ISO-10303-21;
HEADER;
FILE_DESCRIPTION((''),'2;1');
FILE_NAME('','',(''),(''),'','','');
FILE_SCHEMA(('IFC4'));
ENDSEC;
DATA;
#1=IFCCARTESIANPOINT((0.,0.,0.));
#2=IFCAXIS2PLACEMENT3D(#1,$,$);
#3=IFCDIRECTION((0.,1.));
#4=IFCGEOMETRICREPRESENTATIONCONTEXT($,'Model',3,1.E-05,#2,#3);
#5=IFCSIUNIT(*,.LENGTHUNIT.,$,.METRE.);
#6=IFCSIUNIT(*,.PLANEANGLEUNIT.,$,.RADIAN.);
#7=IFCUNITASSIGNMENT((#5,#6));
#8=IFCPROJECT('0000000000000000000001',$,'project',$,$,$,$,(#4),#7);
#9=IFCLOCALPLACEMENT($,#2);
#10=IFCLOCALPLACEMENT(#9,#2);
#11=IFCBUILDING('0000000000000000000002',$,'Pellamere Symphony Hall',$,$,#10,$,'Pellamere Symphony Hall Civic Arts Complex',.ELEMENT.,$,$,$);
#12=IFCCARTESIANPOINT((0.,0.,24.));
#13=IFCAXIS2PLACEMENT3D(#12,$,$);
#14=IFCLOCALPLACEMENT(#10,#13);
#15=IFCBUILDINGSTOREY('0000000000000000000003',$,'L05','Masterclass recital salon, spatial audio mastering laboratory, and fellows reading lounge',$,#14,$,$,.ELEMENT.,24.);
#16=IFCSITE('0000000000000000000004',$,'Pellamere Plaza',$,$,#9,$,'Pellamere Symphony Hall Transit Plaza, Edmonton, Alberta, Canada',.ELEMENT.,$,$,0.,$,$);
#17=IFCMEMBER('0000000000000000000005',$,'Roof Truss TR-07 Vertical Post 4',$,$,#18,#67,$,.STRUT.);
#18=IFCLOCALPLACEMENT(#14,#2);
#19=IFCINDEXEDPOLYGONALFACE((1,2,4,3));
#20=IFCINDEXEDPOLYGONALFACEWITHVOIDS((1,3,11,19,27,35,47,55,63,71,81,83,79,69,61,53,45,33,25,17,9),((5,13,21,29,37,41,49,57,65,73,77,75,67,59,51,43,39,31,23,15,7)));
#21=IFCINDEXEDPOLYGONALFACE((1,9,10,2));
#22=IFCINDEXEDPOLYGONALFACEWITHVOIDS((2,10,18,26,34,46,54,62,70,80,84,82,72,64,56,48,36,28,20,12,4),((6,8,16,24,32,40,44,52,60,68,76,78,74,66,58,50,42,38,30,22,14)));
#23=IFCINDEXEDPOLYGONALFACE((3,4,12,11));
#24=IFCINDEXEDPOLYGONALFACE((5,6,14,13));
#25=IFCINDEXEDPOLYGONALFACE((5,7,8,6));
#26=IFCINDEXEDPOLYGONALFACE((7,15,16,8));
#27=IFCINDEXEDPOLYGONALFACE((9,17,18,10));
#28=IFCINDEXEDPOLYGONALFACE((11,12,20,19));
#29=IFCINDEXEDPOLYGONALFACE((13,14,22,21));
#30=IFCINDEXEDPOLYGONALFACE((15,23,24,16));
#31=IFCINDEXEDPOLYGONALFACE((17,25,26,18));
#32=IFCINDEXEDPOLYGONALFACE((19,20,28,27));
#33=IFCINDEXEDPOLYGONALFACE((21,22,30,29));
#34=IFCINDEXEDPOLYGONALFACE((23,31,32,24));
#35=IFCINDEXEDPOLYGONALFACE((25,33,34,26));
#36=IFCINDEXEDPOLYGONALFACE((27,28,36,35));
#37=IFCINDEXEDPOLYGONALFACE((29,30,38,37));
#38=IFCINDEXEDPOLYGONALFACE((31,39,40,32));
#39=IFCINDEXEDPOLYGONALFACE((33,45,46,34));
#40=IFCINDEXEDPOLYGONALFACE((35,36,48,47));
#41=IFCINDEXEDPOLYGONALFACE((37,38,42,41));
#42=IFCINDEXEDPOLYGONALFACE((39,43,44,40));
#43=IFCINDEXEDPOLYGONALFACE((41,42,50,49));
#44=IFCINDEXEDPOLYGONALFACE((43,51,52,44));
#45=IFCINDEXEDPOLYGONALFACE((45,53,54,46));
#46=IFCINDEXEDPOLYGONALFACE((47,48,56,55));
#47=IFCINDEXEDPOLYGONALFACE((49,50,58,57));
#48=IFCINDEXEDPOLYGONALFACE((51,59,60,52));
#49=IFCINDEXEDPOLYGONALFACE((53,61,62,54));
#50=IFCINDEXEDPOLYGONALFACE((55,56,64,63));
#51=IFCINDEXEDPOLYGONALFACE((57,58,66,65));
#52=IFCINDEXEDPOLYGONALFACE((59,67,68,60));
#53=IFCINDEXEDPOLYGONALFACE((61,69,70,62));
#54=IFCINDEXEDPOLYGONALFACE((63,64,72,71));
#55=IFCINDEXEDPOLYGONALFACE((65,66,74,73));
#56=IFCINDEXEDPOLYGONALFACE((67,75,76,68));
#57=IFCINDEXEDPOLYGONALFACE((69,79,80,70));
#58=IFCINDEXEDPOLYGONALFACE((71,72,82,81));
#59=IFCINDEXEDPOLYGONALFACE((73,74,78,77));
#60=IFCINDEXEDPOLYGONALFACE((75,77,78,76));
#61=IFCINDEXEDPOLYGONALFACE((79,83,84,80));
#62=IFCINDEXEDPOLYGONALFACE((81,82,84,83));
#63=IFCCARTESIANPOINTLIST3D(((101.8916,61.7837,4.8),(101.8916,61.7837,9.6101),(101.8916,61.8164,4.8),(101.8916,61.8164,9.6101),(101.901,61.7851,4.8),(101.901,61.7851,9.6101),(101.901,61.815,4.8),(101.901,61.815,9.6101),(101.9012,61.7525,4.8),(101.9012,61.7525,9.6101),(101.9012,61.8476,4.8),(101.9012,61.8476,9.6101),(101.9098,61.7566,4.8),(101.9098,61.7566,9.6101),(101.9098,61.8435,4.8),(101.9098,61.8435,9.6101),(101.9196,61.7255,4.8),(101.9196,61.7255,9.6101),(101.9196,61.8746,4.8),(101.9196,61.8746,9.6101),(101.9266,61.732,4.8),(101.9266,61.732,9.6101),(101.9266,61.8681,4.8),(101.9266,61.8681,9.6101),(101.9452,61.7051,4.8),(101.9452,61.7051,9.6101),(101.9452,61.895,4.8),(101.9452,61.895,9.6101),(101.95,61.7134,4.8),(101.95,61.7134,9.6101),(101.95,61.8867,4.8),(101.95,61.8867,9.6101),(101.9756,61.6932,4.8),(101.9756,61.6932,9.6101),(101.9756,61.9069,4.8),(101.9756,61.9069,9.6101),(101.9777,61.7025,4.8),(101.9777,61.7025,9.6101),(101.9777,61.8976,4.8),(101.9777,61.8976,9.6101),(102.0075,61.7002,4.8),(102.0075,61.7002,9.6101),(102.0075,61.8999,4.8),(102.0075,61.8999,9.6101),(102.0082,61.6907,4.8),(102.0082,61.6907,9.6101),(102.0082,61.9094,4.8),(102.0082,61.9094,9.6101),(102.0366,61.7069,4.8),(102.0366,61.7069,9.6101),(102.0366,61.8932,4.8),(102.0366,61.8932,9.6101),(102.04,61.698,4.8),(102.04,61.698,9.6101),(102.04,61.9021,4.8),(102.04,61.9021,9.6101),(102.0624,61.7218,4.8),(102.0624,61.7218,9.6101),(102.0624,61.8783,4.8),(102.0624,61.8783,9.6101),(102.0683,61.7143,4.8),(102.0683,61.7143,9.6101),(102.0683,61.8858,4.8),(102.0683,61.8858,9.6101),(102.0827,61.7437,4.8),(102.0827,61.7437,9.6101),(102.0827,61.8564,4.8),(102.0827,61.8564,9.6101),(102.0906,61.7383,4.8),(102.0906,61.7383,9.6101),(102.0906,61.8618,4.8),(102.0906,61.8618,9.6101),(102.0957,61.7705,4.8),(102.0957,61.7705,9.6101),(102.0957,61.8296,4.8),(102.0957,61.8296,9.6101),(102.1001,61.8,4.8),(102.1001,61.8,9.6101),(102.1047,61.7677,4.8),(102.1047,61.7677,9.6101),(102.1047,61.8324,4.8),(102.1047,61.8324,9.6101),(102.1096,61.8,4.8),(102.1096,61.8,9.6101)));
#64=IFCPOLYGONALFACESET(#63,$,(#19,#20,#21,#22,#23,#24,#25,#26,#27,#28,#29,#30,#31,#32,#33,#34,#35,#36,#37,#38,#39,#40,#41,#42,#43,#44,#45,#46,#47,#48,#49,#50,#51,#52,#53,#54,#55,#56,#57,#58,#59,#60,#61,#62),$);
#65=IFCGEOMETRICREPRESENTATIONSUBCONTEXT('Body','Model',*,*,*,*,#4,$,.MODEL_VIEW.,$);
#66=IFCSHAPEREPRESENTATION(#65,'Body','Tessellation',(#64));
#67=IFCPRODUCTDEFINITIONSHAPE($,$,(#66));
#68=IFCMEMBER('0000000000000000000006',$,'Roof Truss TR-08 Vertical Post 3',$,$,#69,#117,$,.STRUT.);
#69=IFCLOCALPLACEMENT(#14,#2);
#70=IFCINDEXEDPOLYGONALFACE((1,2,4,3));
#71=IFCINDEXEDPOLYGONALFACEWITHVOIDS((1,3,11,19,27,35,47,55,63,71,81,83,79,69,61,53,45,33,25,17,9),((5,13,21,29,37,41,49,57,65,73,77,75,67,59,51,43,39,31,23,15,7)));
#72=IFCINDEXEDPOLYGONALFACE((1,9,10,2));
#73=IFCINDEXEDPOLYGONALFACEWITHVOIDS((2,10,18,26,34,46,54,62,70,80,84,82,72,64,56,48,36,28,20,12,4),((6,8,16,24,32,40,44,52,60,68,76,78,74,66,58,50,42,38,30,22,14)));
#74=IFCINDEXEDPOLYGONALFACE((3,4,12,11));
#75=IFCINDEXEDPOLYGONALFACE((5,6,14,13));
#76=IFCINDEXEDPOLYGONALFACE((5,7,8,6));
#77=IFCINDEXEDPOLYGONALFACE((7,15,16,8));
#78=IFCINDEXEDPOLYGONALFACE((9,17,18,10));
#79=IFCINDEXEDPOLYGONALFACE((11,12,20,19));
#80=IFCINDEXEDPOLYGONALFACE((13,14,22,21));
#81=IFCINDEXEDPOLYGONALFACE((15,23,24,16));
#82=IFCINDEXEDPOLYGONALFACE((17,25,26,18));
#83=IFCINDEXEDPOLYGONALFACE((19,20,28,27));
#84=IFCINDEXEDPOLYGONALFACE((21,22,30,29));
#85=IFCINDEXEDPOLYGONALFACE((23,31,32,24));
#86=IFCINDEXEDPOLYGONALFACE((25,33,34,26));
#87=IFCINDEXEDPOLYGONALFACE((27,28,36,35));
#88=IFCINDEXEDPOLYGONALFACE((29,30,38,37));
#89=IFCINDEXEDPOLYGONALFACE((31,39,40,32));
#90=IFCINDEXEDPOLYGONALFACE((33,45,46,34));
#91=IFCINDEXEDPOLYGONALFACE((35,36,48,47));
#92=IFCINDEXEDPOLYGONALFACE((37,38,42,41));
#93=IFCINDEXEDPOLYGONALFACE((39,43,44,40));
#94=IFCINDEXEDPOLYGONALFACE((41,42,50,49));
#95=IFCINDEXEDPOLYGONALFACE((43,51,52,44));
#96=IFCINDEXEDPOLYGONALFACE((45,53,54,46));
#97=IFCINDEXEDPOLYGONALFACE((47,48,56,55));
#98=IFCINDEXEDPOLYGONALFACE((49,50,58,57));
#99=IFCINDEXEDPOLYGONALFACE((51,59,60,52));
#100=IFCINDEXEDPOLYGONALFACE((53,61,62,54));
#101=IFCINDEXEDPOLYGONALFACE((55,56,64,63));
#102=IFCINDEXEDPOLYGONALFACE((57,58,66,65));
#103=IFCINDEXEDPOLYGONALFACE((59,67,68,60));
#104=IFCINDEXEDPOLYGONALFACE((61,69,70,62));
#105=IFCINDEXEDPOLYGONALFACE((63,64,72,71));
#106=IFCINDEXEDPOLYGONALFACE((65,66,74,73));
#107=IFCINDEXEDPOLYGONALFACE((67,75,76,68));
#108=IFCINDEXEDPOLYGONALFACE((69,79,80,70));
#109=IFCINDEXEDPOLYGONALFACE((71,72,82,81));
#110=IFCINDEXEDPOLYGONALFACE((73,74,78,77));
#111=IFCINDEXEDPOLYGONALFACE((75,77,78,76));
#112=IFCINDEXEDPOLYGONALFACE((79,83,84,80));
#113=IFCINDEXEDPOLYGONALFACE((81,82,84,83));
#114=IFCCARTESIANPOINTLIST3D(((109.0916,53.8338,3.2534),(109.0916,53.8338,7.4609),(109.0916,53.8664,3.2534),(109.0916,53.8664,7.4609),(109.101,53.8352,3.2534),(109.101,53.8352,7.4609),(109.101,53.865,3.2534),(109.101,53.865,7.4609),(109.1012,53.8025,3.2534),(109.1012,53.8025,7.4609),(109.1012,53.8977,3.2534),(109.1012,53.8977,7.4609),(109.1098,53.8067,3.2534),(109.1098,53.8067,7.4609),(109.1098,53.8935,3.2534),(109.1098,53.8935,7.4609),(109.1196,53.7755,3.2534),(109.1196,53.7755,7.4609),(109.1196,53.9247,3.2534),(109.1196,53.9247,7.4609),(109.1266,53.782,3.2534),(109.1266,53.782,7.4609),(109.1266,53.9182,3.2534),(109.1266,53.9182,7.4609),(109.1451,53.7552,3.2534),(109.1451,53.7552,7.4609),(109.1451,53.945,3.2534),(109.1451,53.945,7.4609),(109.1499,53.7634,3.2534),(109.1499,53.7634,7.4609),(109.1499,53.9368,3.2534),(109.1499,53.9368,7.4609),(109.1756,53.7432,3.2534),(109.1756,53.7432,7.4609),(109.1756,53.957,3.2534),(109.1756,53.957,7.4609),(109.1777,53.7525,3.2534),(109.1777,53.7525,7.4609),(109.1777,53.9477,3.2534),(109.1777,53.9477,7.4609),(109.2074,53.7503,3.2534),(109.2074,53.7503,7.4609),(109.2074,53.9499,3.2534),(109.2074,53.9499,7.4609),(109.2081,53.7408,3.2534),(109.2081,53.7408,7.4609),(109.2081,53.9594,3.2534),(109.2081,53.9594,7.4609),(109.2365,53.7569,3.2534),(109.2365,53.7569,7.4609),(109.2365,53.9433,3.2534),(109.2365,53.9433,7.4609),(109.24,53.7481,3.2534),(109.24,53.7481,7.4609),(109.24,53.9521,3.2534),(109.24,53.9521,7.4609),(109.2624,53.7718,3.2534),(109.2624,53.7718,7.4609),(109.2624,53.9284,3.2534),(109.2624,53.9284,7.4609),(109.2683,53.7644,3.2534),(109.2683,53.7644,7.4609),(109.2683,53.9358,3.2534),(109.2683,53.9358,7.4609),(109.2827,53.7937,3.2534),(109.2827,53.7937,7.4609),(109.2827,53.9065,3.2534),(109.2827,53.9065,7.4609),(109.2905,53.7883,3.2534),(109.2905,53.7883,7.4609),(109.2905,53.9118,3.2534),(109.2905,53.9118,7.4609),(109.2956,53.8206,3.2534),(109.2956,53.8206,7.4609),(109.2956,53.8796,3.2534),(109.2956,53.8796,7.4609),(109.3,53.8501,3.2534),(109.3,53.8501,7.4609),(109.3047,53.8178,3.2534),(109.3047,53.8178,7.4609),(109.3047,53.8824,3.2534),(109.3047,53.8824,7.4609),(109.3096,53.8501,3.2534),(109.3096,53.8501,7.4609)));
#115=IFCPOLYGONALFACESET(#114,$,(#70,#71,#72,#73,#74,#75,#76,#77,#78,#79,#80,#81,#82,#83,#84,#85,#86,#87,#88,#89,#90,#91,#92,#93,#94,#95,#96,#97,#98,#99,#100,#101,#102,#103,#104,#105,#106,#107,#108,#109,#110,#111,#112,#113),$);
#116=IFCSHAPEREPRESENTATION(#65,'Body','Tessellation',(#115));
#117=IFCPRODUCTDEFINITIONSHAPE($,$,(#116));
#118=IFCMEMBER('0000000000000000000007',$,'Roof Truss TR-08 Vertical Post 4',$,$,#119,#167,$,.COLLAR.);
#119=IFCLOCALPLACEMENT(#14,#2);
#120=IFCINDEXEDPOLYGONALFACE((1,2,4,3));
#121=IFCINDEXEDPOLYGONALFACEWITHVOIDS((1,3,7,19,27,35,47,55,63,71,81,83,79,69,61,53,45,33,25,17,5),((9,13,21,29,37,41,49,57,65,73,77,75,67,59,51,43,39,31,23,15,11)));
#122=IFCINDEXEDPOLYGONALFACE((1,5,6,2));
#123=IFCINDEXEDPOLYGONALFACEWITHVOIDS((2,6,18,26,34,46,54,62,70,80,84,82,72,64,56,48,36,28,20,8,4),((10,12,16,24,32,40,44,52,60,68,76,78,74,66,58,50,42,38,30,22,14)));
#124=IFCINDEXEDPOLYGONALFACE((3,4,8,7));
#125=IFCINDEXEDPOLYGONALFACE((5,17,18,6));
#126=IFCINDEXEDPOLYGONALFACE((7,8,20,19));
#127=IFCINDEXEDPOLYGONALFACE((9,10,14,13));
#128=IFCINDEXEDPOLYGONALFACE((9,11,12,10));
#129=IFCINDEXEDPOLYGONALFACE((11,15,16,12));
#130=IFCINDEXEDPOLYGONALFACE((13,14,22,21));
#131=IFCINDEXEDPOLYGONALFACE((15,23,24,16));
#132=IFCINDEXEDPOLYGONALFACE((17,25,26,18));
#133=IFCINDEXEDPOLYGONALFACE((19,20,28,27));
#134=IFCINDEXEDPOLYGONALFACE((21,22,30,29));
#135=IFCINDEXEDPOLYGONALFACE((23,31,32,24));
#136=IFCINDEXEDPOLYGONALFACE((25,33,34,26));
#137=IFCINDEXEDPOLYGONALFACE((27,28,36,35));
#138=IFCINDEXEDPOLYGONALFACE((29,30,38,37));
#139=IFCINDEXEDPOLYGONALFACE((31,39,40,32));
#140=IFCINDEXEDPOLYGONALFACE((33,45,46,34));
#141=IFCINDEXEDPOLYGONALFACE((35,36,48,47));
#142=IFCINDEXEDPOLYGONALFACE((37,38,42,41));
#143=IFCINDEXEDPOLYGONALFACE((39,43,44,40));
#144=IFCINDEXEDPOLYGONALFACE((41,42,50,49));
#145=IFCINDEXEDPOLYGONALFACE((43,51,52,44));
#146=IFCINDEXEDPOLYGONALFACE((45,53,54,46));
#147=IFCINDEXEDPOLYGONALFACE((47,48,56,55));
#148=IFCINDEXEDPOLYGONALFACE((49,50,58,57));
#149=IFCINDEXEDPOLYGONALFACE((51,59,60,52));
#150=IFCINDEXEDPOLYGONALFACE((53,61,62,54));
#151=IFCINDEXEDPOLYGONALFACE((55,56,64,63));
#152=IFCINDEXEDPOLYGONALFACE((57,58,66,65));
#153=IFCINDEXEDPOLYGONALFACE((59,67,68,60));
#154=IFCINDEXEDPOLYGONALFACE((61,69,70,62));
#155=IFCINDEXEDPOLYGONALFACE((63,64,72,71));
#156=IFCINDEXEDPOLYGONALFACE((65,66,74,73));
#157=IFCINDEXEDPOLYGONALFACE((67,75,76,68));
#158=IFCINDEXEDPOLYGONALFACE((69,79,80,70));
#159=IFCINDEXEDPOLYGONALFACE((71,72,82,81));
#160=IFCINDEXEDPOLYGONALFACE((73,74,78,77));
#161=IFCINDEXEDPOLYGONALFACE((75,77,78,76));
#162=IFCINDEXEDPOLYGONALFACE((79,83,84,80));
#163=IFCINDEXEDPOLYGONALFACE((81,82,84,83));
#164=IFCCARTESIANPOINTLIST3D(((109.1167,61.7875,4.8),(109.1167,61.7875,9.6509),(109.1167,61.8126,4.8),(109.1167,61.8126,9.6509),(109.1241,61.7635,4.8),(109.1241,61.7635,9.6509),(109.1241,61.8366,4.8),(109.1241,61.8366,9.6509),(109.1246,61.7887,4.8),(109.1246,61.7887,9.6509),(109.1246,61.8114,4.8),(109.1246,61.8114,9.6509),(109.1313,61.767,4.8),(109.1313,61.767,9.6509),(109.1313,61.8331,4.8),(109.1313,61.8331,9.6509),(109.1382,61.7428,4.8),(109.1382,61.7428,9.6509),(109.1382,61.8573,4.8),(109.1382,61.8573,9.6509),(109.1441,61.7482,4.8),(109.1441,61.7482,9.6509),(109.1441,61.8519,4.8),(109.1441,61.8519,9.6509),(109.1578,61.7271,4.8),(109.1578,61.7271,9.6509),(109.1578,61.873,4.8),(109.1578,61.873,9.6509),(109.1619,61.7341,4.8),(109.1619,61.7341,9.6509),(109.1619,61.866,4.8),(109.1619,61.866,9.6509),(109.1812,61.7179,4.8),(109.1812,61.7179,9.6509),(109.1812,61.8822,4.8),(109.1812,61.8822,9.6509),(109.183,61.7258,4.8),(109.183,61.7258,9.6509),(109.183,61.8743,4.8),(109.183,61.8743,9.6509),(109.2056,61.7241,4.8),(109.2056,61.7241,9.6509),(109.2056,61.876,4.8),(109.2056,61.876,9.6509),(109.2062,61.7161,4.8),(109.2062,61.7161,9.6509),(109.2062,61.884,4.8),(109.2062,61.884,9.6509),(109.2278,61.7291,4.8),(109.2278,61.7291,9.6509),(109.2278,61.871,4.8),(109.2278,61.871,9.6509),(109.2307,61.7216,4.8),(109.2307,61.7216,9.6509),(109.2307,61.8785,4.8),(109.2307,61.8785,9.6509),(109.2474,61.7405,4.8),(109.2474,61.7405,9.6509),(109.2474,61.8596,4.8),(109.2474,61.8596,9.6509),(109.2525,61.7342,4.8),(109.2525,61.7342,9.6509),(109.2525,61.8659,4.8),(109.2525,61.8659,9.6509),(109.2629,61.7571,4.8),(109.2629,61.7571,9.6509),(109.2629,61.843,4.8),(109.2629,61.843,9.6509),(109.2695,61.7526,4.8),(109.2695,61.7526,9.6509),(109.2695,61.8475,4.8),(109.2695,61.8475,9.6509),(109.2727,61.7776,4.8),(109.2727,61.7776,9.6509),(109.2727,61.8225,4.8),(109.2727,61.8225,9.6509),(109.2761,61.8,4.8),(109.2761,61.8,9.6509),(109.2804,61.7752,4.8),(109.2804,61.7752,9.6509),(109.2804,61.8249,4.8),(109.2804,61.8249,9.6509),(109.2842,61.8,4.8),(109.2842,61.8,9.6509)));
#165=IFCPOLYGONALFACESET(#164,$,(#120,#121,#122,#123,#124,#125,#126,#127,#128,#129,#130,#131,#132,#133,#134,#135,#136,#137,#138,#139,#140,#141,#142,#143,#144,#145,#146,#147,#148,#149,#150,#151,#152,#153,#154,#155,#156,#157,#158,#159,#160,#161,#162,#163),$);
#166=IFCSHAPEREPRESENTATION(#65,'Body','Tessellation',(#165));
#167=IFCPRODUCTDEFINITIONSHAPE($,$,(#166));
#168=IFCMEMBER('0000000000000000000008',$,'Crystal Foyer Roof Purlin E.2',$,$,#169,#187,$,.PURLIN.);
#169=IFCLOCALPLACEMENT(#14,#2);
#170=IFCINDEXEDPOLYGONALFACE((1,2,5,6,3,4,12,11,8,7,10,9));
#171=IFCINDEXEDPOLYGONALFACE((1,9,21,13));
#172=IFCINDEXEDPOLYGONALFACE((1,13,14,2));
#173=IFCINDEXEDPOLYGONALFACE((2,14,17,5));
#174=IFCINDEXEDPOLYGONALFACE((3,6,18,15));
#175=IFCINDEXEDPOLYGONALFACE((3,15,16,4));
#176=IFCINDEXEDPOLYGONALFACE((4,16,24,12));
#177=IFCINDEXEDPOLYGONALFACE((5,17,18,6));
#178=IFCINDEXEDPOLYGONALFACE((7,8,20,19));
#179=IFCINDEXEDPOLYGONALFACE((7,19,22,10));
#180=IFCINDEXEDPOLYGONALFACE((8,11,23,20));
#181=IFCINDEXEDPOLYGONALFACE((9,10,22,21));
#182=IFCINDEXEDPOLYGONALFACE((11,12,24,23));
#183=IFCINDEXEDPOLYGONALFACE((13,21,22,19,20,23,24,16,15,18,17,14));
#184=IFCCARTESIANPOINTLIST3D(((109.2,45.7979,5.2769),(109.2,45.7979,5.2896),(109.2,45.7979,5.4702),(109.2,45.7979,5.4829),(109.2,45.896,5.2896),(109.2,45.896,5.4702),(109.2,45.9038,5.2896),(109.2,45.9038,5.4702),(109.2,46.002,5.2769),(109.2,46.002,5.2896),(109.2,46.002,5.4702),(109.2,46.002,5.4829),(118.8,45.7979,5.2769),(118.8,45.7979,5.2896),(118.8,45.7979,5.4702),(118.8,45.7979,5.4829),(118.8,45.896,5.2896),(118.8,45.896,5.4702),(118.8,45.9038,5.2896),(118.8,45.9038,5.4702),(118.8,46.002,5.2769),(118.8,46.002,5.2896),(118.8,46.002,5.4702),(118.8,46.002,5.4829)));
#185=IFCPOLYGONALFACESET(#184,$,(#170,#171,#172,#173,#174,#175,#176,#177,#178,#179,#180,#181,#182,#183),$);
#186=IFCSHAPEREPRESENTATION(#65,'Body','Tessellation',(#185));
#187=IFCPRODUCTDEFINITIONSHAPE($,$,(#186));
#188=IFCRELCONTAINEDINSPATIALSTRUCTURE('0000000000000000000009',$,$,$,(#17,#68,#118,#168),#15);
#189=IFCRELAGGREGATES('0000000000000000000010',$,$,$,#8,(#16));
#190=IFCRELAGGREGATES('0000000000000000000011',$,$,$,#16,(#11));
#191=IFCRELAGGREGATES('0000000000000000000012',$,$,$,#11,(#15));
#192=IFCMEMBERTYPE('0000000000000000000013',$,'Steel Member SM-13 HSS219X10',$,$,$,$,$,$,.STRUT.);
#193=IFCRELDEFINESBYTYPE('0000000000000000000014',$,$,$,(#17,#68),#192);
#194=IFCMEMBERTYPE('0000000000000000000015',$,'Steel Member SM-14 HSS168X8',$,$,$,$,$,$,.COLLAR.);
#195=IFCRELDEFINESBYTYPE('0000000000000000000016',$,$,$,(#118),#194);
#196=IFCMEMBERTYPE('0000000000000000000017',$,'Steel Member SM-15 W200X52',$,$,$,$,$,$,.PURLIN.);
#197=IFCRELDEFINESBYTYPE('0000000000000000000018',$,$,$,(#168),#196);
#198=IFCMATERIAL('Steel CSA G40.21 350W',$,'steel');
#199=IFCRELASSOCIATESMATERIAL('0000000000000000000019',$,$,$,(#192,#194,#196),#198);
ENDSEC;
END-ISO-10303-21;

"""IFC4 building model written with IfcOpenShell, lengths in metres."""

from ifc_helpers import new_model, si_unit, direction, frame, origin, origin_2d, place, context, subcontext, project, spatial, hollow_circle, i_section, extrude, material, material_profile, profile_set, type_object, element, save


model = new_model("IFC4")

# Units and contexts
model_context = context("Model", 3, precision=1e-05, world=origin(), true_north=direction((0.0, 1.0)))
body_context = subcontext(model_context, "Body", "Model", "MODEL_VIEW")
ifc_project = project(units=[si_unit("LENGTHUNIT", "METRE"), si_unit("PLANEANGLEUNIT", "RADIAN")], contexts=[model_context])

# Site, building, storey
site_placement = place(None, origin())
site = spatial("IfcSite", under=ifc_project, at=site_placement, Name="Pellamere Plaza", LongName="Pellamere Symphony Hall Transit Plaza, Edmonton, Alberta, Canada", CompositionType="ELEMENT", RefElevation=0.0)
building_placement = place(site_placement, origin())
building = spatial("IfcBuilding", under=site, at=building_placement, Name="Pellamere Symphony Hall", LongName="Pellamere Symphony Hall Civic Arts Complex", CompositionType="ELEMENT")
storey_placement = place(building_placement, frame((0.0, 0.0, 24.0)))
storey = spatial("IfcBuildingStorey", under=building, at=storey_placement, Name="L05", Description="Masterclass recital salon, spatial audio mastering laboratory, and fellows reading lounge", CompositionType="ELEMENT", Elevation=24.0)

# Shared definitions
ifc_material_1 = material(Name="Steel CSA G40.21 350W", Category="steel")

# Members
ifc_material_profile_1 = material_profile(ifc_material_1, hollow_circle(Radius=0.1096, WallThickness=0.0095, at=origin_2d()), Name="HSS219X10")
ifc_profile_set_1 = profile_set([ifc_material_profile_1], Name="Steel CSA G40.21 350W")
member_type_1 = type_object("IfcMemberType", Name="Steel Member SM-13 HSS219X10", PredefinedType="STRUT", material=ifc_profile_set_1)
member_1_placement = place(storey_placement, frame((102.0, 61.8, 4.8), z_axis=(0.0, 0.0, 1.0), x_axis=(1.0, 0.0, 0.0)))
element("IfcMember", 1, at=member_1_placement, inside=storey, type_object=member_type_1, Name="Roof Truss TR-07 Vertical Post 4", PredefinedType="STRUT", context=body_context, shape_type="SweptSolid", body=[
    extrude(hollow_circle(Radius=0.1096, WallThickness=0.0095, at=origin_2d()), origin(), (0.0, 0.0, 1.0), 4.8101),
])
member_2_placement = place(storey_placement, frame((109.2, 53.8501, 3.2534), z_axis=(0.0, 0.0, 1.0), x_axis=(1.0, 0.0, 0.0)))
element("IfcMember", 2, at=member_2_placement, inside=storey, type_object=member_type_1, Name="Roof Truss TR-08 Vertical Post 3", PredefinedType="STRUT", context=body_context, shape_type="SweptSolid", body=[
    extrude(hollow_circle(Radius=0.1096, WallThickness=0.0095, at=origin_2d()), origin(), (0.0, 0.0, 1.0), 4.2075),
])
ifc_material_profile_2 = material_profile(ifc_material_1, hollow_circle(Radius=0.0842, WallThickness=0.0081, at=origin_2d()), Name="HSS168X8")
ifc_profile_set_2 = profile_set([ifc_material_profile_2], Name="Steel CSA G40.21 350W")
member_type_2 = type_object("IfcMemberType", Name="Steel Member SM-14 HSS168X8", PredefinedType="COLLAR", material=ifc_profile_set_2)
member_3_placement = place(storey_placement, frame((109.2, 61.8, 4.8), z_axis=(0.0, 0.0, 1.0), x_axis=(1.0, 0.0, 0.0)))
element("IfcMember", 3, at=member_3_placement, inside=storey, type_object=member_type_2, Name="Roof Truss TR-08 Vertical Post 4", PredefinedType="COLLAR", context=body_context, shape_type="SweptSolid", body=[
    extrude(hollow_circle(Radius=0.0842, WallThickness=0.0081, at=origin_2d()), origin(), (0.0, 0.0, 1.0), 4.8508),
])
ifc_material_profile_3 = material_profile(ifc_material_1, i_section(OverallWidth=0.2041, OverallDepth=0.2061, WebThickness=0.0078, FlangeThickness=0.0127, at=origin_2d()), Name="W200X52")
ifc_profile_set_3 = profile_set([ifc_material_profile_3], Name="Steel CSA G40.21 350W")
member_type_3 = type_object("IfcMemberType", Name="Steel Member SM-15 W200X52", PredefinedType="PURLIN", material=ifc_profile_set_3)
for number, where, z_axis, x_axis, name in (
    (4, (109.2, 45.8999, 5.3799), (1.0, 0.0, 0.0), (0.0, 1.0, 0.0), "Crystal Foyer Roof Purlin E.2"),
):
    element("IfcMember", number, at=place(storey_placement, frame(where, z_axis=z_axis, x_axis=x_axis)), inside=storey, type_object=member_type_3, Name=name, PredefinedType="PURLIN", context=body_context, shape_type="SweptSolid", body=[
        extrude(i_section(OverallWidth=0.2041, OverallDepth=0.2061, WebThickness=0.0078, FlangeThickness=0.0127, at=origin_2d()), origin(), (0.0, 0.0, 1.0), 9.6001),
    ])

save(model, "model.ifc")
